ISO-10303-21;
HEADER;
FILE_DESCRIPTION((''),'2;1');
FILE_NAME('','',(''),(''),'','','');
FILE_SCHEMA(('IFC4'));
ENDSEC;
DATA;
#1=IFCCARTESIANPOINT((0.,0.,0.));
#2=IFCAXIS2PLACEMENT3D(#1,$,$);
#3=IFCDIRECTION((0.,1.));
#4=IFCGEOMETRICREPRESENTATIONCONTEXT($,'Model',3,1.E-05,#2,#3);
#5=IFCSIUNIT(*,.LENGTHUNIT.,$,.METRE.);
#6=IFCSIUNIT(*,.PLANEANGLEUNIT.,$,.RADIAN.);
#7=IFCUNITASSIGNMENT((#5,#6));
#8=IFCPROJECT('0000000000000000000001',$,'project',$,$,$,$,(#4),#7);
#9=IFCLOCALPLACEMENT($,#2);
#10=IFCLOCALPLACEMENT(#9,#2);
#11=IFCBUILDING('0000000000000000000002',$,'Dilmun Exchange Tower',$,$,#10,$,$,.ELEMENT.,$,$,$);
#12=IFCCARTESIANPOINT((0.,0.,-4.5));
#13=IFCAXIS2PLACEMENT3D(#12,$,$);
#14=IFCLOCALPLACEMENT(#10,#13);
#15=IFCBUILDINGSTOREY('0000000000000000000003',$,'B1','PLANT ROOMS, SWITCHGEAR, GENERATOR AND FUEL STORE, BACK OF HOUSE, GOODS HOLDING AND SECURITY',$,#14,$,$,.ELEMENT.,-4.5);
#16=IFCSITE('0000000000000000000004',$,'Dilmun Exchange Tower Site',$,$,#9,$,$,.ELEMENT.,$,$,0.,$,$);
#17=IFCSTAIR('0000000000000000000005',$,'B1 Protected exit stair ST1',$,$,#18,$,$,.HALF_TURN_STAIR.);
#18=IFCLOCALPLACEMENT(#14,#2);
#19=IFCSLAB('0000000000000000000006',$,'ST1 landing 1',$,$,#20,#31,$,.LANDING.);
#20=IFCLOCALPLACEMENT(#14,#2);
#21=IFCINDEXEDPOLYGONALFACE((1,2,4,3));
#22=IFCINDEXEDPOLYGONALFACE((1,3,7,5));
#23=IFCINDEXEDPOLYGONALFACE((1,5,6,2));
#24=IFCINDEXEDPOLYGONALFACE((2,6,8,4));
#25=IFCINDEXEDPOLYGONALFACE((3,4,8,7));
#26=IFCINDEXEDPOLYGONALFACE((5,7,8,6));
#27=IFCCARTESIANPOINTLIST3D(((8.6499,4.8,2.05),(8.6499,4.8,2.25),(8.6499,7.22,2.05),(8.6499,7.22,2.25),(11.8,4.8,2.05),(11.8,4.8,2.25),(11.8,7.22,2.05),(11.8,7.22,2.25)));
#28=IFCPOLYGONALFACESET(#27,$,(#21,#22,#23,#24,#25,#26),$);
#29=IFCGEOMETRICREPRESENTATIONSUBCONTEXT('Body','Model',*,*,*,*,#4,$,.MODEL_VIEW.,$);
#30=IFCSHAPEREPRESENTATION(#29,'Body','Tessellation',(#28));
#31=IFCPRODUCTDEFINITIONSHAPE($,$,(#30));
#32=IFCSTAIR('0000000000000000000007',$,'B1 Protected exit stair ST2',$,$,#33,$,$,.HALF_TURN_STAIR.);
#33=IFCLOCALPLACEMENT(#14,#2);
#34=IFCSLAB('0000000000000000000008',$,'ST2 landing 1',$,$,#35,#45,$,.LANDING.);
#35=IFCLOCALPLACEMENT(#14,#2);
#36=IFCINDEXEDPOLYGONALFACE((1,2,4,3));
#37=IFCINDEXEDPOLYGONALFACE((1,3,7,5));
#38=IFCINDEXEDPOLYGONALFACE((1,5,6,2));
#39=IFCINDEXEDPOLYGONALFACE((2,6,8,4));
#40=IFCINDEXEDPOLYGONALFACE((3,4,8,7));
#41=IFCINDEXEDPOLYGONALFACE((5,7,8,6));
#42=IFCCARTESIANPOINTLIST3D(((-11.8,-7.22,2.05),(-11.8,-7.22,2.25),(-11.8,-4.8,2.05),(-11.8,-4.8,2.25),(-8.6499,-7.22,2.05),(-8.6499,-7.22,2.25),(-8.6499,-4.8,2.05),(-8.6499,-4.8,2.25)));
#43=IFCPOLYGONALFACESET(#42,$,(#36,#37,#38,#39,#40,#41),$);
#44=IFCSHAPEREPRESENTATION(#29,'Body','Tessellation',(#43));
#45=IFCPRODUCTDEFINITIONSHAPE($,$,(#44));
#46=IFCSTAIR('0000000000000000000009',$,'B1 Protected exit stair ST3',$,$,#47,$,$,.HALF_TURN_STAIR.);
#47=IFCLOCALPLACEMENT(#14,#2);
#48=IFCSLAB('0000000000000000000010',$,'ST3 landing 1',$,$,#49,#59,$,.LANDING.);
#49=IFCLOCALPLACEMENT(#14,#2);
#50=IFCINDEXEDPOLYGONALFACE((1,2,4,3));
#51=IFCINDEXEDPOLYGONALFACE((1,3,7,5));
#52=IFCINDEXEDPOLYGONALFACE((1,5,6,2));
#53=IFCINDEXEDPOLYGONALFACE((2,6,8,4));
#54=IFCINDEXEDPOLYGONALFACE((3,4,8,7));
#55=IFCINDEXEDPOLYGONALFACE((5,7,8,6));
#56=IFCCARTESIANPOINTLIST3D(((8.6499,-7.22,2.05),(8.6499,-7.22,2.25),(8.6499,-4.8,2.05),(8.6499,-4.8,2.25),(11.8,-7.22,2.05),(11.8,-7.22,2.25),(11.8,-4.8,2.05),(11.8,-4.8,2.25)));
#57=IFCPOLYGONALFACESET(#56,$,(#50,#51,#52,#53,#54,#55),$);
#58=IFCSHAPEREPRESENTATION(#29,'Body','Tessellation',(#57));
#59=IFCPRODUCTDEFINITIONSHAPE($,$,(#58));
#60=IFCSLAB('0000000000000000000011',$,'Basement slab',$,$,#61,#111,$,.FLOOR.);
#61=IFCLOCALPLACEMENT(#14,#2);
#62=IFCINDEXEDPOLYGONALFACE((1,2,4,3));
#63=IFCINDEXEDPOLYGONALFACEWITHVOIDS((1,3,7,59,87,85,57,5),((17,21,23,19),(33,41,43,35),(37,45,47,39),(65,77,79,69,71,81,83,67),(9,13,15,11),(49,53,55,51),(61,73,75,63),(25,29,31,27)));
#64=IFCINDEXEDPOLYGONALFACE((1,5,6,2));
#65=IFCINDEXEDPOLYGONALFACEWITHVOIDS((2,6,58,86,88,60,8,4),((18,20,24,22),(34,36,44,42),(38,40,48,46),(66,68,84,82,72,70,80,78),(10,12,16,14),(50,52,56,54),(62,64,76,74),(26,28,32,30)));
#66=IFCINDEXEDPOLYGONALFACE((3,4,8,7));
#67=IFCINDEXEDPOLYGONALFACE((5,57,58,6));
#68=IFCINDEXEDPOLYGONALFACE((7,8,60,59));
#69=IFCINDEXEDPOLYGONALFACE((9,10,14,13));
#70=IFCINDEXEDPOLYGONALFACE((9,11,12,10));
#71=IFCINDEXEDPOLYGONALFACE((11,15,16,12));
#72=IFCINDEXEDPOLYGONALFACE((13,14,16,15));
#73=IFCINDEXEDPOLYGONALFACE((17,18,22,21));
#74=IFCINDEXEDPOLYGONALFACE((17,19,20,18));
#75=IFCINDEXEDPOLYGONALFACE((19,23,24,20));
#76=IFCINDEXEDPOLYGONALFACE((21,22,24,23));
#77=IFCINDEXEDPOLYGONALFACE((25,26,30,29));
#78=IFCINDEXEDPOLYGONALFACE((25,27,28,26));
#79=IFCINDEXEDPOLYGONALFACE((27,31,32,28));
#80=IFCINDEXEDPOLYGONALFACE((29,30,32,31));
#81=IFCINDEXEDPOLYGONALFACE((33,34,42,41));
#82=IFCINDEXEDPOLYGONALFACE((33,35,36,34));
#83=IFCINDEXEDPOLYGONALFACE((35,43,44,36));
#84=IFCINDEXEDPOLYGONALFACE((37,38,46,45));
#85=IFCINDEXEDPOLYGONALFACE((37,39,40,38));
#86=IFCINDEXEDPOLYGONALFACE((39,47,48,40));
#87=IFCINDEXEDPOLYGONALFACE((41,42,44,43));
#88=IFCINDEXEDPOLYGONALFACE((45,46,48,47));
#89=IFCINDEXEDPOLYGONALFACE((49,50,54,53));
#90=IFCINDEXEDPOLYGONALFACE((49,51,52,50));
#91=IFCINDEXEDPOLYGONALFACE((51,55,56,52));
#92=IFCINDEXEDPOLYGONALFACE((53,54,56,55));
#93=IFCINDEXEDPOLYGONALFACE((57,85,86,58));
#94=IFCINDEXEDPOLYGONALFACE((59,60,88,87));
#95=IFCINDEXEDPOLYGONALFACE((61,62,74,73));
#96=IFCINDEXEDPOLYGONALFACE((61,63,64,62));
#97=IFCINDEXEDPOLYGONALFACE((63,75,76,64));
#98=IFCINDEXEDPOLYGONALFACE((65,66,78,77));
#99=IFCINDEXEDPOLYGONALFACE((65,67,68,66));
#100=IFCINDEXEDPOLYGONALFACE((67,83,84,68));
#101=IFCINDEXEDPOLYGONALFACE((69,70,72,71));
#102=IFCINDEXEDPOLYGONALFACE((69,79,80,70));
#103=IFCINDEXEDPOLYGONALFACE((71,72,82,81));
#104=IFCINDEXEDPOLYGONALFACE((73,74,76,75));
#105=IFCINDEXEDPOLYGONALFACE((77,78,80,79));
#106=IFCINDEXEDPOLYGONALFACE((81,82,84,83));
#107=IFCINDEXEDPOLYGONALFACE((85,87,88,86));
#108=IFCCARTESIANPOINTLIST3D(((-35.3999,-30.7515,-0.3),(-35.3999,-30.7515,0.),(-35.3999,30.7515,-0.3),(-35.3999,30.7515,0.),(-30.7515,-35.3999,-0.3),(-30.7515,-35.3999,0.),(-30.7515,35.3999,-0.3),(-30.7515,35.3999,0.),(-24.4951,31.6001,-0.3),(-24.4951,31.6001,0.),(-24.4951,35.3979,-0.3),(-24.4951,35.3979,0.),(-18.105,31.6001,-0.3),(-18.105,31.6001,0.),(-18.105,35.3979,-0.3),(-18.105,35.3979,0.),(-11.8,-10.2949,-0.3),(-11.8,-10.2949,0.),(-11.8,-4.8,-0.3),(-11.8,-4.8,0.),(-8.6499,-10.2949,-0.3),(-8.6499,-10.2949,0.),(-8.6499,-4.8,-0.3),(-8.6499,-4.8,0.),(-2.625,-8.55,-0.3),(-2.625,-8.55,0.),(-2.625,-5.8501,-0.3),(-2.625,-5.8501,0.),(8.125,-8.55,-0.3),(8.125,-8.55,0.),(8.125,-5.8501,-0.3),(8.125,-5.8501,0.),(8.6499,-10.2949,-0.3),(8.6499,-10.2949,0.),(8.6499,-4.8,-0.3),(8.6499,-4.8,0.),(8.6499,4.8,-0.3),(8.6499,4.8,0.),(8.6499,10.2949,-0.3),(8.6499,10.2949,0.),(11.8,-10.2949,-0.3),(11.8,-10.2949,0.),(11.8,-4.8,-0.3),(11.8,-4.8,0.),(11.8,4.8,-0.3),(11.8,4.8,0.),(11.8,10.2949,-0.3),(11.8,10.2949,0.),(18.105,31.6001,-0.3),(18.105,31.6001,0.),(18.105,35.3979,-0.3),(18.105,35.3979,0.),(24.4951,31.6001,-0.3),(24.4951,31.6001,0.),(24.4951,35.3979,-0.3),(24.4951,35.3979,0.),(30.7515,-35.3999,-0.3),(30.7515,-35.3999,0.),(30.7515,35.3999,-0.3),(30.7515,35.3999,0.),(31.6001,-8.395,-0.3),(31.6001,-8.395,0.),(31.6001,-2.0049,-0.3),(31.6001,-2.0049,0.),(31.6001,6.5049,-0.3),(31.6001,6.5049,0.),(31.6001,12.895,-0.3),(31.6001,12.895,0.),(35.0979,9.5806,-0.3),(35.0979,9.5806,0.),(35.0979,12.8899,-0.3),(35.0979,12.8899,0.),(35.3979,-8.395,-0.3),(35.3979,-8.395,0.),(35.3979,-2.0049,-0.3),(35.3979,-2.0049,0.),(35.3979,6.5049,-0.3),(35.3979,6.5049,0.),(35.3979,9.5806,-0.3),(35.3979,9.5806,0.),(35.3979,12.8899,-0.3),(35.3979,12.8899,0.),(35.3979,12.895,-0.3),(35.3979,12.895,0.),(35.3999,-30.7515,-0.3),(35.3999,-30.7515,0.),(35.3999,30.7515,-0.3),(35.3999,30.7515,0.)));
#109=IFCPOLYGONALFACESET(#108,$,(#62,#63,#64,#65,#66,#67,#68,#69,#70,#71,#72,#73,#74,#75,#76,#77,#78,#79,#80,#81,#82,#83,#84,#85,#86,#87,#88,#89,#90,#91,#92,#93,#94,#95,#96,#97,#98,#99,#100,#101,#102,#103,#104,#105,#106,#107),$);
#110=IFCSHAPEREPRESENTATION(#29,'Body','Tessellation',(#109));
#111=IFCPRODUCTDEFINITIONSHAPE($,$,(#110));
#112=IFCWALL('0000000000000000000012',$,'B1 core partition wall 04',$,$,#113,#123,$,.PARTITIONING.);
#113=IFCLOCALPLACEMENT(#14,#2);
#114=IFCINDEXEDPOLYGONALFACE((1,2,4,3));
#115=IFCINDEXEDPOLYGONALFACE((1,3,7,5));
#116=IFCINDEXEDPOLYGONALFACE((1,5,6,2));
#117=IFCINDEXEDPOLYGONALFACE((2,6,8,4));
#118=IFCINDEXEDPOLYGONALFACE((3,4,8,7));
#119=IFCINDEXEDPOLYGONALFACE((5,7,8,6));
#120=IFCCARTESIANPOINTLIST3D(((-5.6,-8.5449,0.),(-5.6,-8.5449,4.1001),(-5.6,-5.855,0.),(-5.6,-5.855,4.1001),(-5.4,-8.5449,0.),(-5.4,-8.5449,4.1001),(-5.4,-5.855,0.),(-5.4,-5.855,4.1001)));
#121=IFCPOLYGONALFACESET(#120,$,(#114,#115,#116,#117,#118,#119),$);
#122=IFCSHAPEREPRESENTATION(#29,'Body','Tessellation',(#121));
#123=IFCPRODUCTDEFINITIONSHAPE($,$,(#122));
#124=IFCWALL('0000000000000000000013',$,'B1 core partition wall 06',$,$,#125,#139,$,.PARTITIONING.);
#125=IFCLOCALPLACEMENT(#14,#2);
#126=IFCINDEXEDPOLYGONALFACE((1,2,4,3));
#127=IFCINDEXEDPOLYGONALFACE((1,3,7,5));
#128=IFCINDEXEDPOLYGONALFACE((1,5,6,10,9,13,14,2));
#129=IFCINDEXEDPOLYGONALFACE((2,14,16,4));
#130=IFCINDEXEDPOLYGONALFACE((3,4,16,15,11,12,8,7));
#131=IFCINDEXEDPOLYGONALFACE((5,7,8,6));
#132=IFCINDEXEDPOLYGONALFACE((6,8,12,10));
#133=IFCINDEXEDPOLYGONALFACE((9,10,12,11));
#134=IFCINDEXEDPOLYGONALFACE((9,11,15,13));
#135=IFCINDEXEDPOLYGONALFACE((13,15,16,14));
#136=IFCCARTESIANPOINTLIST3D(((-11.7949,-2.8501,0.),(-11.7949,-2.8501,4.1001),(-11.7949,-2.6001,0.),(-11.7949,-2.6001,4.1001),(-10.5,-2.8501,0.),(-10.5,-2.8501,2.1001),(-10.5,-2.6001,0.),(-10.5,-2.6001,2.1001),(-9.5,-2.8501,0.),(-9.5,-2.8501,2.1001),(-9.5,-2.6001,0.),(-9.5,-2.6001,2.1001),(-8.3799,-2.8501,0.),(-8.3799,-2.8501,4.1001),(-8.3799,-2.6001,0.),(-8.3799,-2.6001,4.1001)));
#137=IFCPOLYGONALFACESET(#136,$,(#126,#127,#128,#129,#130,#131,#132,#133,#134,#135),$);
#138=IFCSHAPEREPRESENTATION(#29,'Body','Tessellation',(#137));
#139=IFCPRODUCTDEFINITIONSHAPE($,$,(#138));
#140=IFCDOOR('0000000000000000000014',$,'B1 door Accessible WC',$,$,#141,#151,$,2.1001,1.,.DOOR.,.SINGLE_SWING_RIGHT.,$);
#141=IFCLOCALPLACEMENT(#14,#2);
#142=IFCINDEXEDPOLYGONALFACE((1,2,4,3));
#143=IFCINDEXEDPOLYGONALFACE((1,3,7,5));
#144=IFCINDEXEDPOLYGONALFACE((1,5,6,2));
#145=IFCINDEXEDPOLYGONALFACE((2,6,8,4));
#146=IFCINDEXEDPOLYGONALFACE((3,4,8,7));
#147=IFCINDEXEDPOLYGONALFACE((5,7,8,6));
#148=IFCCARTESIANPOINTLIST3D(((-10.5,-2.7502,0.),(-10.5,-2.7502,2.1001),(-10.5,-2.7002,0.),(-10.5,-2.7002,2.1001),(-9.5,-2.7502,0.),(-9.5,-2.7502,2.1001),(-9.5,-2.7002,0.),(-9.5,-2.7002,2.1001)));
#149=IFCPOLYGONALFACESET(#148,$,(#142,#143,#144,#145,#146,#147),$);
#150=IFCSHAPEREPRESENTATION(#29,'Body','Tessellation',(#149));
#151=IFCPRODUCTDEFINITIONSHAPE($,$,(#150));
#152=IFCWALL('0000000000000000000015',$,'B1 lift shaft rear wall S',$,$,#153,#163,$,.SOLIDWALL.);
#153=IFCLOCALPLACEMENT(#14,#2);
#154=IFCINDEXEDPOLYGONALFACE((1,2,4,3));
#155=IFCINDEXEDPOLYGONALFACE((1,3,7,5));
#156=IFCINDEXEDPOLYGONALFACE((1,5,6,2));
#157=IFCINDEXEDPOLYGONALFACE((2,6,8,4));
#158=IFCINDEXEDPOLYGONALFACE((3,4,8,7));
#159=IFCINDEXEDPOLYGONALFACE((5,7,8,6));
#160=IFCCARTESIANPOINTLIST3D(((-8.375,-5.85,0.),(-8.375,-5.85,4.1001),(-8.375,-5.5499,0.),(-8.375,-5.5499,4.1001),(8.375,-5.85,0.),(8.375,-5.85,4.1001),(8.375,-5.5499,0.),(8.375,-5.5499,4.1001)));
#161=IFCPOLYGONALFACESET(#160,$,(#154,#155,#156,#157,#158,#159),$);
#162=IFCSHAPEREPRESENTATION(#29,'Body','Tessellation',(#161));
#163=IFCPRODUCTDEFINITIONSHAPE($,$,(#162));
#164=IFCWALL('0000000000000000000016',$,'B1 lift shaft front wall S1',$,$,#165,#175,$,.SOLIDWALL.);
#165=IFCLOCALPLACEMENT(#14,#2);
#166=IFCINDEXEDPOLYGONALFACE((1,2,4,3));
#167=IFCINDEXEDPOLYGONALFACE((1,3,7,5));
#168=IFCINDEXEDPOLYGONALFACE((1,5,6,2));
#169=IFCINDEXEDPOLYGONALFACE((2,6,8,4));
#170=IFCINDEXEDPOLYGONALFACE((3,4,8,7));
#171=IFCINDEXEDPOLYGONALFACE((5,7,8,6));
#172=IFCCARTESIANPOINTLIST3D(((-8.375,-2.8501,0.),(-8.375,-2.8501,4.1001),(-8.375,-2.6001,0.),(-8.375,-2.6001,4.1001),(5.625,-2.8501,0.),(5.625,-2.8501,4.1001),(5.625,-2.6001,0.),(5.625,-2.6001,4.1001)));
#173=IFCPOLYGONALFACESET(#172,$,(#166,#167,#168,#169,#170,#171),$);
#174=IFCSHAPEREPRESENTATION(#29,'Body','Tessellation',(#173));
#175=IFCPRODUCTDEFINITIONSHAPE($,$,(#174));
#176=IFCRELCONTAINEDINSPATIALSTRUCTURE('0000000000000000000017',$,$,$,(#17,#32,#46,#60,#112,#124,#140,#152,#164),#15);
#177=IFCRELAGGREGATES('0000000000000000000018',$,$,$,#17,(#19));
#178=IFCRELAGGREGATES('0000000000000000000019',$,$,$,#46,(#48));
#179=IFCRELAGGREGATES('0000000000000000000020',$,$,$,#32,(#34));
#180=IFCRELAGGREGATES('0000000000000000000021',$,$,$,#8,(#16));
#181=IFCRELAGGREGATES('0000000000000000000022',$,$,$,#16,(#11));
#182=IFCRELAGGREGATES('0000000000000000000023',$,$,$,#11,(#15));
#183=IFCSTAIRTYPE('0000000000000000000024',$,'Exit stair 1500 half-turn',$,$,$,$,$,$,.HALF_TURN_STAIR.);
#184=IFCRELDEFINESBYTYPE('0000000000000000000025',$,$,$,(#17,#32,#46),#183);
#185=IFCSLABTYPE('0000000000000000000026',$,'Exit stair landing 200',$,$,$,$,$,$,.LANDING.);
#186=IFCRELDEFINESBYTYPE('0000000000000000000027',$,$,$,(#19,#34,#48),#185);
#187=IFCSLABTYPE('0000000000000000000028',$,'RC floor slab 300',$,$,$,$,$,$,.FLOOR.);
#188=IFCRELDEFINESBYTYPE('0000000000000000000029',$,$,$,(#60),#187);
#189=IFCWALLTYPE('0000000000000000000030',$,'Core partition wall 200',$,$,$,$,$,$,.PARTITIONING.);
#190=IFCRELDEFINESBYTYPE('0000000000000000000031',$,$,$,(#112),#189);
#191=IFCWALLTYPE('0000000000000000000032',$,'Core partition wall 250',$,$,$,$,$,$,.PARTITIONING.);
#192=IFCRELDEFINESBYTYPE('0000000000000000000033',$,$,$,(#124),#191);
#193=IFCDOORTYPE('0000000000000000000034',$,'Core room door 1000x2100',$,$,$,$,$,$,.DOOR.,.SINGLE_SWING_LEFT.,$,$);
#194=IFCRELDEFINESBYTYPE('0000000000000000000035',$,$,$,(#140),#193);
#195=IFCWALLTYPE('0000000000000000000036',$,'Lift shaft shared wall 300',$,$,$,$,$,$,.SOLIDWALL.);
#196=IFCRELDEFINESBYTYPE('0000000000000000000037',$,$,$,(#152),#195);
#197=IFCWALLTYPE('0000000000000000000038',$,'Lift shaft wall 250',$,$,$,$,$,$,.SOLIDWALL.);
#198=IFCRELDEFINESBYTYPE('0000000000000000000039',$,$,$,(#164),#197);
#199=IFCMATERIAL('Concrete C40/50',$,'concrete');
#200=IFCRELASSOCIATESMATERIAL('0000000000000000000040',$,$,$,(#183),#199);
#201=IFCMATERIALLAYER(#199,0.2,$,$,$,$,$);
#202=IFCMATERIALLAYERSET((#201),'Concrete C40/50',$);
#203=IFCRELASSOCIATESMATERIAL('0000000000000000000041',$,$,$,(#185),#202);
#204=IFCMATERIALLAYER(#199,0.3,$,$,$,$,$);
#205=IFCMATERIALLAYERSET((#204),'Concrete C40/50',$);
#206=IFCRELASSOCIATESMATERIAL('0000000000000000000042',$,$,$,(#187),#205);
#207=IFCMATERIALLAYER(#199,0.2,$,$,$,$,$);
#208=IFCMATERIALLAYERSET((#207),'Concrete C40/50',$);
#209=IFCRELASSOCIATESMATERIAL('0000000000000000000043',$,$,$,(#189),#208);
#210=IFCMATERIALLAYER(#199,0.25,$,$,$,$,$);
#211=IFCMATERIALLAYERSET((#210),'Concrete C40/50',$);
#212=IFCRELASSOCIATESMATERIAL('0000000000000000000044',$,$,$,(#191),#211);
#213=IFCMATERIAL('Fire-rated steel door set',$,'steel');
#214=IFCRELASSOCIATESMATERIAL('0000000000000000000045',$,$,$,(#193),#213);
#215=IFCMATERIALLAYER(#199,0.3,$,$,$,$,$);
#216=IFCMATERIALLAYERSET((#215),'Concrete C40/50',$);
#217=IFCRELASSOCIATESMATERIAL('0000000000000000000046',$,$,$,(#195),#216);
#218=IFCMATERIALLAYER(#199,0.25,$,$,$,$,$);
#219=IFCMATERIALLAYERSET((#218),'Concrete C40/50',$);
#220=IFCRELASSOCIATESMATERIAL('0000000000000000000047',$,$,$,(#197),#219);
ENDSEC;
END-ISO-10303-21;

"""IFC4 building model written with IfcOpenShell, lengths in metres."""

from ifc_helpers import new_model, si_unit, direction, frame, frame_2d, origin, place, context, subcontext, project, spatial, polyline, rectangle, outline, extrude, material, layer, layer_set, type_object, element, fill, aggregate, save


model = new_model("IFC4")

# Units and contexts
model_context = context("Model", 3, precision=1e-05, world=origin(), true_north=direction((0.0, 1.0)))
body_context = subcontext(model_context, "Body", "Model", "MODEL_VIEW")
ifc_project = project(units=[si_unit("LENGTHUNIT", "METRE"), si_unit("PLANEANGLEUNIT", "RADIAN")], contexts=[model_context])

# Site, building, storey
site_placement = place(None, origin())
site = spatial("IfcSite", under=ifc_project, at=site_placement, Name="Dilmun Exchange Tower Site", CompositionType="ELEMENT", RefElevation=0.0)
building_placement = place(site_placement, origin())
building = spatial("IfcBuilding", under=site, at=building_placement, Name="Dilmun Exchange Tower", CompositionType="ELEMENT")
storey_placement = place(building_placement, frame((0.0, 0.0, -4.5)))
storey = spatial("IfcBuildingStorey", under=building, at=storey_placement, Name="B1", Description="PLANT ROOMS, SWITCHGEAR, GENERATOR AND FUEL STORE, BACK OF HOUSE, GOODS HOLDING AND SECURITY", CompositionType="ELEMENT", Elevation=-4.5)

# Stairs, slabs
ifc_material_1 = material(Name="Concrete C40/50", Category="concrete")
stair_type = type_object("IfcStairType", Name="Exit stair 1500 half-turn", PredefinedType="HALF_TURN_STAIR", material=ifc_material_1)
stair_1_placement = place(storey_placement, origin())
stair_1 = element("IfcStair", 1, at=stair_1_placement, inside=storey, type_object=stair_type, Name="B1 Protected exit stair ST1", PredefinedType="HALF_TURN_STAIR")
ifc_layer_1 = layer(ifc_material_1, 0.2)
ifc_layer_set_1 = layer_set([ifc_layer_1], Name="Concrete C40/50")
slab_type_1 = type_object("IfcSlabType", Name="Exit stair landing 200", PredefinedType="LANDING", material=ifc_layer_set_1)
slab_1_placement = place(storey_placement, frame((0.0, 0.0, 2.05)))
slab_1 = element("IfcSlab", 2, at=slab_1_placement, type_object=slab_type_1, Name="ST1 landing 1", PredefinedType="LANDING", context=body_context, shape_type="SweptSolid", body=[
    extrude(outline(polyline([(8.6499, 7.22), (8.6499, 4.8), (11.8, 4.8), (11.8, 7.22), (8.6499, 7.22)])), origin(), (0.0, 0.0, 1.0), 0.2),
])
aggregate(stair_1, [slab_1])
stair_2_placement = place(storey_placement, origin())
stair_2 = element("IfcStair", 3, at=stair_2_placement, inside=storey, type_object=stair_type, Name="B1 Protected exit stair ST2", PredefinedType="HALF_TURN_STAIR")
slab_2_placement = place(storey_placement, frame((0.0, 0.0, 2.05)))
slab_2 = element("IfcSlab", 4, at=slab_2_placement, type_object=slab_type_1, Name="ST2 landing 1", PredefinedType="LANDING", context=body_context, shape_type="SweptSolid", body=[
    extrude(outline(polyline([(-8.6499, -7.22), (-8.6499, -4.8), (-11.8, -4.8), (-11.8, -7.22), (-8.6499, -7.22)])), origin(), (0.0, 0.0, 1.0), 0.2),
])
stair_3_placement = place(storey_placement, origin())
stair_3 = element("IfcStair", 5, at=stair_3_placement, inside=storey, type_object=stair_type, Name="B1 Protected exit stair ST3", PredefinedType="HALF_TURN_STAIR")
slab_3_placement = place(storey_placement, frame((0.0, 0.0, 2.05)))
slab_3 = element("IfcSlab", 6, at=slab_3_placement, type_object=slab_type_1, Name="ST3 landing 1", PredefinedType="LANDING", context=body_context, shape_type="SweptSolid", body=[
    extrude(outline(polyline([(11.8, -7.22), (11.8, -4.8), (8.6499, -4.8), (8.6499, -7.22), (11.8, -7.22)])), origin(), (0.0, 0.0, 1.0), 0.2),
])
aggregate(stair_3, [slab_3])

# Slab
ifc_layer_2 = layer(ifc_material_1, 0.3)
ifc_layer_set_2 = layer_set([ifc_layer_2], Name="Concrete C40/50")
slab_type_2 = type_object("IfcSlabType", Name="RC floor slab 300", PredefinedType="FLOOR", material=ifc_layer_set_2)
slab_4_placement = place(storey_placement, frame((0.0, 0.0, -0.3)))
element("IfcSlab", 7, at=slab_4_placement, inside=storey, type_object=slab_type_2, Name="Basement slab", PredefinedType="FLOOR", context=body_context, shape_type="SweptSolid", body=[
    extrude(outline(polyline([(-35.3999, -30.7515), (-35.3999, 30.7515), (-30.7515, 35.3999), (30.7515, 35.3999), (35.3999, 30.7515), (35.3999, -30.7515), (30.7515, -35.3999), (-30.7515, -35.3999), (-35.3999, -30.7515)]), holes=[polyline([(-8.6499, -10.2949), (-8.6499, -4.8), (-11.8, -4.8), (-11.8, -10.2949), (-8.6499, -10.2949)]), polyline([(11.8, -10.2949), (11.8, -4.8), (8.6499, -4.8), (8.6499, -10.2949), (11.8, -10.2949)]), polyline([(8.125, -5.8501), (-2.625, -5.8501), (-2.625, -8.55), (8.125, -8.55), (8.125, -5.8501)]), polyline([(35.3979, -8.395), (35.3979, -2.0049), (31.6001, -2.0049), (31.6001, -8.395), (35.3979, -8.395)]), polyline([(8.6499, 10.2949), (8.6499, 4.8), (11.8, 4.8), (11.8, 10.2949), (8.6499, 10.2949)]), polyline([(35.3979, 12.895), (31.6001, 12.895), (31.6001, 6.5049), (35.3979, 6.5049), (35.3979, 9.5806), (35.0979, 9.5806), (35.0979, 12.8899), (35.3979, 12.8899), (35.3979, 12.895)]), polyline([(-18.105, 35.3979), (-24.4951, 35.3979), (-24.4951, 31.6001), (-18.105, 31.6001), (-18.105, 35.3979)]), polyline([(18.105, 31.6001), (24.4951, 31.6001), (24.4951, 35.3979), (18.105, 35.3979), (18.105, 31.6001)])]), origin(), (0.0, 0.0, 1.0), 0.3),
])

# Wall
ifc_layer_3 = layer(ifc_material_1, 0.2)
ifc_layer_set_3 = layer_set([ifc_layer_3], Name="Concrete C40/50")
wall_type_1 = type_object("IfcWallType", Name="Core partition wall 200", PredefinedType="PARTITIONING", material=ifc_layer_set_3)
wall_1_placement = place(storey_placement, frame((-5.5, -8.5449, 0.0), z_axis=(0.0, 0.0, 1.0), x_axis=(0.0, 1.0, 0.0)))
element("IfcWall", 8, at=wall_1_placement, inside=storey, type_object=wall_type_1, Name="B1 core partition wall 04", PredefinedType="PARTITIONING", context=body_context, shape_type="SweptSolid", body=[
    extrude(rectangle(XDim=2.6899, YDim=0.2, at=frame_2d((1.345, 0.0))), origin(), (0.0, 0.0, 1.0), 4.1001),
])

# Wall, opening, door
ifc_material_2 = material(Name="Fire-rated steel door set", Category="steel")
ifc_layer_4 = layer(ifc_material_1, 0.25)
ifc_layer_set_4 = layer_set([ifc_layer_4], Name="Concrete C40/50")
wall_type_2 = type_object("IfcWallType", Name="Core partition wall 250", PredefinedType="PARTITIONING", material=ifc_layer_set_4)
wall_2_placement = place(storey_placement, frame((-11.7949, -2.7251, 0.0), z_axis=(0.0, 0.0, 1.0), x_axis=(1.0, 0.0, 0.0)))
wall_2 = element("IfcWall", 9, at=wall_2_placement, inside=storey, type_object=wall_type_2, Name="B1 core partition wall 06", PredefinedType="PARTITIONING", context=body_context, shape_type="SweptSolid", body=[
    extrude(rectangle(XDim=3.415, YDim=0.25, at=frame_2d((1.7075, 0.0))), origin(), (0.0, 0.0, 1.0), 4.1001),
])
opening_1_placement = place(wall_2_placement, frame((1.2949, 0.0, 0.0)))
opening_1 = element("IfcOpeningElement", 10, at=opening_1_placement, cuts=wall_2, PredefinedType="OPENING", context=body_context, shape_type="SweptSolid", body=[
    extrude(rectangle(XDim=1.0, YDim=2.1001, at=frame_2d((0.5, 1.05))), frame((0.0, 0.135, 0.0), z_axis=(0.0, -1.0, 0.0), x_axis=(1.0, 0.0, 0.0)), (0.0, 0.0, 1.0), 0.27),
])
door_type_1 = type_object("IfcDoorType", Name="Core room door 1000x2100", OperationType="SINGLE_SWING_LEFT", PredefinedType="DOOR", material=ifc_material_2)
door_1_placement = place(opening_1_placement, origin())
door_1 = element("IfcDoor", 11, at=door_1_placement, inside=storey, type_object=door_type_1, Name="B1 door Accessible WC", OperationType="SINGLE_SWING_RIGHT", OverallHeight=2.1001, OverallWidth=1.0, PredefinedType="DOOR", context=body_context, shape_type="SweptSolid", body=[
    extrude(rectangle(XDim=1.0, YDim=2.1001, at=frame_2d((0.5, 1.05))), frame((0.0, 0.0249, 0.0), z_axis=(0.0, -1.0, 0.0), x_axis=(1.0, 0.0, 0.0)), (0.0, 0.0, 1.0), 0.05),
])
fill(opening_1, door_1)

# Walls
ifc_layer_5 = layer(ifc_material_1, 0.3)
ifc_layer_set_5 = layer_set([ifc_layer_5], Name="Concrete C40/50")
wall_type_3 = type_object("IfcWallType", Name="Lift shaft shared wall 300", PredefinedType="SOLIDWALL", material=ifc_layer_set_5)
wall_3_placement = place(storey_placement, frame((-8.375, -5.7, 0.0), z_axis=(0.0, 0.0, 1.0), x_axis=(1.0, 0.0, 0.0)))
element("IfcWall", 12, at=wall_3_placement, inside=storey, type_object=wall_type_3, Name="B1 lift shaft rear wall S", PredefinedType="SOLIDWALL", context=body_context, shape_type="SweptSolid", body=[
    extrude(rectangle(XDim=16.75, YDim=0.3, at=frame_2d((8.375, 0.0))), origin(), (0.0, 0.0, 1.0), 4.1001),
])
ifc_layer_6 = layer(ifc_material_1, 0.25)
ifc_layer_set_6 = layer_set([ifc_layer_6], Name="Concrete C40/50")
wall_type_4 = type_object("IfcWallType", Name="Lift shaft wall 250", PredefinedType="SOLIDWALL", material=ifc_layer_set_6)
wall_4_placement = place(storey_placement, frame((-8.375, -2.7251, 0.0), z_axis=(0.0, 0.0, 1.0), x_axis=(1.0, 0.0, 0.0)))
element("IfcWall", 13, at=wall_4_placement, inside=storey, type_object=wall_type_4, Name="B1 lift shaft front wall S1", PredefinedType="SOLIDWALL", context=body_context, shape_type="SweptSolid", body=[
    extrude(rectangle(XDim=14.0, YDim=0.25, at=frame_2d((7.0, 0.0))), origin(), (0.0, 0.0, 1.0), 4.1001),
])

aggregate(stair_2, [slab_2])

save(model, "model.ifc")
